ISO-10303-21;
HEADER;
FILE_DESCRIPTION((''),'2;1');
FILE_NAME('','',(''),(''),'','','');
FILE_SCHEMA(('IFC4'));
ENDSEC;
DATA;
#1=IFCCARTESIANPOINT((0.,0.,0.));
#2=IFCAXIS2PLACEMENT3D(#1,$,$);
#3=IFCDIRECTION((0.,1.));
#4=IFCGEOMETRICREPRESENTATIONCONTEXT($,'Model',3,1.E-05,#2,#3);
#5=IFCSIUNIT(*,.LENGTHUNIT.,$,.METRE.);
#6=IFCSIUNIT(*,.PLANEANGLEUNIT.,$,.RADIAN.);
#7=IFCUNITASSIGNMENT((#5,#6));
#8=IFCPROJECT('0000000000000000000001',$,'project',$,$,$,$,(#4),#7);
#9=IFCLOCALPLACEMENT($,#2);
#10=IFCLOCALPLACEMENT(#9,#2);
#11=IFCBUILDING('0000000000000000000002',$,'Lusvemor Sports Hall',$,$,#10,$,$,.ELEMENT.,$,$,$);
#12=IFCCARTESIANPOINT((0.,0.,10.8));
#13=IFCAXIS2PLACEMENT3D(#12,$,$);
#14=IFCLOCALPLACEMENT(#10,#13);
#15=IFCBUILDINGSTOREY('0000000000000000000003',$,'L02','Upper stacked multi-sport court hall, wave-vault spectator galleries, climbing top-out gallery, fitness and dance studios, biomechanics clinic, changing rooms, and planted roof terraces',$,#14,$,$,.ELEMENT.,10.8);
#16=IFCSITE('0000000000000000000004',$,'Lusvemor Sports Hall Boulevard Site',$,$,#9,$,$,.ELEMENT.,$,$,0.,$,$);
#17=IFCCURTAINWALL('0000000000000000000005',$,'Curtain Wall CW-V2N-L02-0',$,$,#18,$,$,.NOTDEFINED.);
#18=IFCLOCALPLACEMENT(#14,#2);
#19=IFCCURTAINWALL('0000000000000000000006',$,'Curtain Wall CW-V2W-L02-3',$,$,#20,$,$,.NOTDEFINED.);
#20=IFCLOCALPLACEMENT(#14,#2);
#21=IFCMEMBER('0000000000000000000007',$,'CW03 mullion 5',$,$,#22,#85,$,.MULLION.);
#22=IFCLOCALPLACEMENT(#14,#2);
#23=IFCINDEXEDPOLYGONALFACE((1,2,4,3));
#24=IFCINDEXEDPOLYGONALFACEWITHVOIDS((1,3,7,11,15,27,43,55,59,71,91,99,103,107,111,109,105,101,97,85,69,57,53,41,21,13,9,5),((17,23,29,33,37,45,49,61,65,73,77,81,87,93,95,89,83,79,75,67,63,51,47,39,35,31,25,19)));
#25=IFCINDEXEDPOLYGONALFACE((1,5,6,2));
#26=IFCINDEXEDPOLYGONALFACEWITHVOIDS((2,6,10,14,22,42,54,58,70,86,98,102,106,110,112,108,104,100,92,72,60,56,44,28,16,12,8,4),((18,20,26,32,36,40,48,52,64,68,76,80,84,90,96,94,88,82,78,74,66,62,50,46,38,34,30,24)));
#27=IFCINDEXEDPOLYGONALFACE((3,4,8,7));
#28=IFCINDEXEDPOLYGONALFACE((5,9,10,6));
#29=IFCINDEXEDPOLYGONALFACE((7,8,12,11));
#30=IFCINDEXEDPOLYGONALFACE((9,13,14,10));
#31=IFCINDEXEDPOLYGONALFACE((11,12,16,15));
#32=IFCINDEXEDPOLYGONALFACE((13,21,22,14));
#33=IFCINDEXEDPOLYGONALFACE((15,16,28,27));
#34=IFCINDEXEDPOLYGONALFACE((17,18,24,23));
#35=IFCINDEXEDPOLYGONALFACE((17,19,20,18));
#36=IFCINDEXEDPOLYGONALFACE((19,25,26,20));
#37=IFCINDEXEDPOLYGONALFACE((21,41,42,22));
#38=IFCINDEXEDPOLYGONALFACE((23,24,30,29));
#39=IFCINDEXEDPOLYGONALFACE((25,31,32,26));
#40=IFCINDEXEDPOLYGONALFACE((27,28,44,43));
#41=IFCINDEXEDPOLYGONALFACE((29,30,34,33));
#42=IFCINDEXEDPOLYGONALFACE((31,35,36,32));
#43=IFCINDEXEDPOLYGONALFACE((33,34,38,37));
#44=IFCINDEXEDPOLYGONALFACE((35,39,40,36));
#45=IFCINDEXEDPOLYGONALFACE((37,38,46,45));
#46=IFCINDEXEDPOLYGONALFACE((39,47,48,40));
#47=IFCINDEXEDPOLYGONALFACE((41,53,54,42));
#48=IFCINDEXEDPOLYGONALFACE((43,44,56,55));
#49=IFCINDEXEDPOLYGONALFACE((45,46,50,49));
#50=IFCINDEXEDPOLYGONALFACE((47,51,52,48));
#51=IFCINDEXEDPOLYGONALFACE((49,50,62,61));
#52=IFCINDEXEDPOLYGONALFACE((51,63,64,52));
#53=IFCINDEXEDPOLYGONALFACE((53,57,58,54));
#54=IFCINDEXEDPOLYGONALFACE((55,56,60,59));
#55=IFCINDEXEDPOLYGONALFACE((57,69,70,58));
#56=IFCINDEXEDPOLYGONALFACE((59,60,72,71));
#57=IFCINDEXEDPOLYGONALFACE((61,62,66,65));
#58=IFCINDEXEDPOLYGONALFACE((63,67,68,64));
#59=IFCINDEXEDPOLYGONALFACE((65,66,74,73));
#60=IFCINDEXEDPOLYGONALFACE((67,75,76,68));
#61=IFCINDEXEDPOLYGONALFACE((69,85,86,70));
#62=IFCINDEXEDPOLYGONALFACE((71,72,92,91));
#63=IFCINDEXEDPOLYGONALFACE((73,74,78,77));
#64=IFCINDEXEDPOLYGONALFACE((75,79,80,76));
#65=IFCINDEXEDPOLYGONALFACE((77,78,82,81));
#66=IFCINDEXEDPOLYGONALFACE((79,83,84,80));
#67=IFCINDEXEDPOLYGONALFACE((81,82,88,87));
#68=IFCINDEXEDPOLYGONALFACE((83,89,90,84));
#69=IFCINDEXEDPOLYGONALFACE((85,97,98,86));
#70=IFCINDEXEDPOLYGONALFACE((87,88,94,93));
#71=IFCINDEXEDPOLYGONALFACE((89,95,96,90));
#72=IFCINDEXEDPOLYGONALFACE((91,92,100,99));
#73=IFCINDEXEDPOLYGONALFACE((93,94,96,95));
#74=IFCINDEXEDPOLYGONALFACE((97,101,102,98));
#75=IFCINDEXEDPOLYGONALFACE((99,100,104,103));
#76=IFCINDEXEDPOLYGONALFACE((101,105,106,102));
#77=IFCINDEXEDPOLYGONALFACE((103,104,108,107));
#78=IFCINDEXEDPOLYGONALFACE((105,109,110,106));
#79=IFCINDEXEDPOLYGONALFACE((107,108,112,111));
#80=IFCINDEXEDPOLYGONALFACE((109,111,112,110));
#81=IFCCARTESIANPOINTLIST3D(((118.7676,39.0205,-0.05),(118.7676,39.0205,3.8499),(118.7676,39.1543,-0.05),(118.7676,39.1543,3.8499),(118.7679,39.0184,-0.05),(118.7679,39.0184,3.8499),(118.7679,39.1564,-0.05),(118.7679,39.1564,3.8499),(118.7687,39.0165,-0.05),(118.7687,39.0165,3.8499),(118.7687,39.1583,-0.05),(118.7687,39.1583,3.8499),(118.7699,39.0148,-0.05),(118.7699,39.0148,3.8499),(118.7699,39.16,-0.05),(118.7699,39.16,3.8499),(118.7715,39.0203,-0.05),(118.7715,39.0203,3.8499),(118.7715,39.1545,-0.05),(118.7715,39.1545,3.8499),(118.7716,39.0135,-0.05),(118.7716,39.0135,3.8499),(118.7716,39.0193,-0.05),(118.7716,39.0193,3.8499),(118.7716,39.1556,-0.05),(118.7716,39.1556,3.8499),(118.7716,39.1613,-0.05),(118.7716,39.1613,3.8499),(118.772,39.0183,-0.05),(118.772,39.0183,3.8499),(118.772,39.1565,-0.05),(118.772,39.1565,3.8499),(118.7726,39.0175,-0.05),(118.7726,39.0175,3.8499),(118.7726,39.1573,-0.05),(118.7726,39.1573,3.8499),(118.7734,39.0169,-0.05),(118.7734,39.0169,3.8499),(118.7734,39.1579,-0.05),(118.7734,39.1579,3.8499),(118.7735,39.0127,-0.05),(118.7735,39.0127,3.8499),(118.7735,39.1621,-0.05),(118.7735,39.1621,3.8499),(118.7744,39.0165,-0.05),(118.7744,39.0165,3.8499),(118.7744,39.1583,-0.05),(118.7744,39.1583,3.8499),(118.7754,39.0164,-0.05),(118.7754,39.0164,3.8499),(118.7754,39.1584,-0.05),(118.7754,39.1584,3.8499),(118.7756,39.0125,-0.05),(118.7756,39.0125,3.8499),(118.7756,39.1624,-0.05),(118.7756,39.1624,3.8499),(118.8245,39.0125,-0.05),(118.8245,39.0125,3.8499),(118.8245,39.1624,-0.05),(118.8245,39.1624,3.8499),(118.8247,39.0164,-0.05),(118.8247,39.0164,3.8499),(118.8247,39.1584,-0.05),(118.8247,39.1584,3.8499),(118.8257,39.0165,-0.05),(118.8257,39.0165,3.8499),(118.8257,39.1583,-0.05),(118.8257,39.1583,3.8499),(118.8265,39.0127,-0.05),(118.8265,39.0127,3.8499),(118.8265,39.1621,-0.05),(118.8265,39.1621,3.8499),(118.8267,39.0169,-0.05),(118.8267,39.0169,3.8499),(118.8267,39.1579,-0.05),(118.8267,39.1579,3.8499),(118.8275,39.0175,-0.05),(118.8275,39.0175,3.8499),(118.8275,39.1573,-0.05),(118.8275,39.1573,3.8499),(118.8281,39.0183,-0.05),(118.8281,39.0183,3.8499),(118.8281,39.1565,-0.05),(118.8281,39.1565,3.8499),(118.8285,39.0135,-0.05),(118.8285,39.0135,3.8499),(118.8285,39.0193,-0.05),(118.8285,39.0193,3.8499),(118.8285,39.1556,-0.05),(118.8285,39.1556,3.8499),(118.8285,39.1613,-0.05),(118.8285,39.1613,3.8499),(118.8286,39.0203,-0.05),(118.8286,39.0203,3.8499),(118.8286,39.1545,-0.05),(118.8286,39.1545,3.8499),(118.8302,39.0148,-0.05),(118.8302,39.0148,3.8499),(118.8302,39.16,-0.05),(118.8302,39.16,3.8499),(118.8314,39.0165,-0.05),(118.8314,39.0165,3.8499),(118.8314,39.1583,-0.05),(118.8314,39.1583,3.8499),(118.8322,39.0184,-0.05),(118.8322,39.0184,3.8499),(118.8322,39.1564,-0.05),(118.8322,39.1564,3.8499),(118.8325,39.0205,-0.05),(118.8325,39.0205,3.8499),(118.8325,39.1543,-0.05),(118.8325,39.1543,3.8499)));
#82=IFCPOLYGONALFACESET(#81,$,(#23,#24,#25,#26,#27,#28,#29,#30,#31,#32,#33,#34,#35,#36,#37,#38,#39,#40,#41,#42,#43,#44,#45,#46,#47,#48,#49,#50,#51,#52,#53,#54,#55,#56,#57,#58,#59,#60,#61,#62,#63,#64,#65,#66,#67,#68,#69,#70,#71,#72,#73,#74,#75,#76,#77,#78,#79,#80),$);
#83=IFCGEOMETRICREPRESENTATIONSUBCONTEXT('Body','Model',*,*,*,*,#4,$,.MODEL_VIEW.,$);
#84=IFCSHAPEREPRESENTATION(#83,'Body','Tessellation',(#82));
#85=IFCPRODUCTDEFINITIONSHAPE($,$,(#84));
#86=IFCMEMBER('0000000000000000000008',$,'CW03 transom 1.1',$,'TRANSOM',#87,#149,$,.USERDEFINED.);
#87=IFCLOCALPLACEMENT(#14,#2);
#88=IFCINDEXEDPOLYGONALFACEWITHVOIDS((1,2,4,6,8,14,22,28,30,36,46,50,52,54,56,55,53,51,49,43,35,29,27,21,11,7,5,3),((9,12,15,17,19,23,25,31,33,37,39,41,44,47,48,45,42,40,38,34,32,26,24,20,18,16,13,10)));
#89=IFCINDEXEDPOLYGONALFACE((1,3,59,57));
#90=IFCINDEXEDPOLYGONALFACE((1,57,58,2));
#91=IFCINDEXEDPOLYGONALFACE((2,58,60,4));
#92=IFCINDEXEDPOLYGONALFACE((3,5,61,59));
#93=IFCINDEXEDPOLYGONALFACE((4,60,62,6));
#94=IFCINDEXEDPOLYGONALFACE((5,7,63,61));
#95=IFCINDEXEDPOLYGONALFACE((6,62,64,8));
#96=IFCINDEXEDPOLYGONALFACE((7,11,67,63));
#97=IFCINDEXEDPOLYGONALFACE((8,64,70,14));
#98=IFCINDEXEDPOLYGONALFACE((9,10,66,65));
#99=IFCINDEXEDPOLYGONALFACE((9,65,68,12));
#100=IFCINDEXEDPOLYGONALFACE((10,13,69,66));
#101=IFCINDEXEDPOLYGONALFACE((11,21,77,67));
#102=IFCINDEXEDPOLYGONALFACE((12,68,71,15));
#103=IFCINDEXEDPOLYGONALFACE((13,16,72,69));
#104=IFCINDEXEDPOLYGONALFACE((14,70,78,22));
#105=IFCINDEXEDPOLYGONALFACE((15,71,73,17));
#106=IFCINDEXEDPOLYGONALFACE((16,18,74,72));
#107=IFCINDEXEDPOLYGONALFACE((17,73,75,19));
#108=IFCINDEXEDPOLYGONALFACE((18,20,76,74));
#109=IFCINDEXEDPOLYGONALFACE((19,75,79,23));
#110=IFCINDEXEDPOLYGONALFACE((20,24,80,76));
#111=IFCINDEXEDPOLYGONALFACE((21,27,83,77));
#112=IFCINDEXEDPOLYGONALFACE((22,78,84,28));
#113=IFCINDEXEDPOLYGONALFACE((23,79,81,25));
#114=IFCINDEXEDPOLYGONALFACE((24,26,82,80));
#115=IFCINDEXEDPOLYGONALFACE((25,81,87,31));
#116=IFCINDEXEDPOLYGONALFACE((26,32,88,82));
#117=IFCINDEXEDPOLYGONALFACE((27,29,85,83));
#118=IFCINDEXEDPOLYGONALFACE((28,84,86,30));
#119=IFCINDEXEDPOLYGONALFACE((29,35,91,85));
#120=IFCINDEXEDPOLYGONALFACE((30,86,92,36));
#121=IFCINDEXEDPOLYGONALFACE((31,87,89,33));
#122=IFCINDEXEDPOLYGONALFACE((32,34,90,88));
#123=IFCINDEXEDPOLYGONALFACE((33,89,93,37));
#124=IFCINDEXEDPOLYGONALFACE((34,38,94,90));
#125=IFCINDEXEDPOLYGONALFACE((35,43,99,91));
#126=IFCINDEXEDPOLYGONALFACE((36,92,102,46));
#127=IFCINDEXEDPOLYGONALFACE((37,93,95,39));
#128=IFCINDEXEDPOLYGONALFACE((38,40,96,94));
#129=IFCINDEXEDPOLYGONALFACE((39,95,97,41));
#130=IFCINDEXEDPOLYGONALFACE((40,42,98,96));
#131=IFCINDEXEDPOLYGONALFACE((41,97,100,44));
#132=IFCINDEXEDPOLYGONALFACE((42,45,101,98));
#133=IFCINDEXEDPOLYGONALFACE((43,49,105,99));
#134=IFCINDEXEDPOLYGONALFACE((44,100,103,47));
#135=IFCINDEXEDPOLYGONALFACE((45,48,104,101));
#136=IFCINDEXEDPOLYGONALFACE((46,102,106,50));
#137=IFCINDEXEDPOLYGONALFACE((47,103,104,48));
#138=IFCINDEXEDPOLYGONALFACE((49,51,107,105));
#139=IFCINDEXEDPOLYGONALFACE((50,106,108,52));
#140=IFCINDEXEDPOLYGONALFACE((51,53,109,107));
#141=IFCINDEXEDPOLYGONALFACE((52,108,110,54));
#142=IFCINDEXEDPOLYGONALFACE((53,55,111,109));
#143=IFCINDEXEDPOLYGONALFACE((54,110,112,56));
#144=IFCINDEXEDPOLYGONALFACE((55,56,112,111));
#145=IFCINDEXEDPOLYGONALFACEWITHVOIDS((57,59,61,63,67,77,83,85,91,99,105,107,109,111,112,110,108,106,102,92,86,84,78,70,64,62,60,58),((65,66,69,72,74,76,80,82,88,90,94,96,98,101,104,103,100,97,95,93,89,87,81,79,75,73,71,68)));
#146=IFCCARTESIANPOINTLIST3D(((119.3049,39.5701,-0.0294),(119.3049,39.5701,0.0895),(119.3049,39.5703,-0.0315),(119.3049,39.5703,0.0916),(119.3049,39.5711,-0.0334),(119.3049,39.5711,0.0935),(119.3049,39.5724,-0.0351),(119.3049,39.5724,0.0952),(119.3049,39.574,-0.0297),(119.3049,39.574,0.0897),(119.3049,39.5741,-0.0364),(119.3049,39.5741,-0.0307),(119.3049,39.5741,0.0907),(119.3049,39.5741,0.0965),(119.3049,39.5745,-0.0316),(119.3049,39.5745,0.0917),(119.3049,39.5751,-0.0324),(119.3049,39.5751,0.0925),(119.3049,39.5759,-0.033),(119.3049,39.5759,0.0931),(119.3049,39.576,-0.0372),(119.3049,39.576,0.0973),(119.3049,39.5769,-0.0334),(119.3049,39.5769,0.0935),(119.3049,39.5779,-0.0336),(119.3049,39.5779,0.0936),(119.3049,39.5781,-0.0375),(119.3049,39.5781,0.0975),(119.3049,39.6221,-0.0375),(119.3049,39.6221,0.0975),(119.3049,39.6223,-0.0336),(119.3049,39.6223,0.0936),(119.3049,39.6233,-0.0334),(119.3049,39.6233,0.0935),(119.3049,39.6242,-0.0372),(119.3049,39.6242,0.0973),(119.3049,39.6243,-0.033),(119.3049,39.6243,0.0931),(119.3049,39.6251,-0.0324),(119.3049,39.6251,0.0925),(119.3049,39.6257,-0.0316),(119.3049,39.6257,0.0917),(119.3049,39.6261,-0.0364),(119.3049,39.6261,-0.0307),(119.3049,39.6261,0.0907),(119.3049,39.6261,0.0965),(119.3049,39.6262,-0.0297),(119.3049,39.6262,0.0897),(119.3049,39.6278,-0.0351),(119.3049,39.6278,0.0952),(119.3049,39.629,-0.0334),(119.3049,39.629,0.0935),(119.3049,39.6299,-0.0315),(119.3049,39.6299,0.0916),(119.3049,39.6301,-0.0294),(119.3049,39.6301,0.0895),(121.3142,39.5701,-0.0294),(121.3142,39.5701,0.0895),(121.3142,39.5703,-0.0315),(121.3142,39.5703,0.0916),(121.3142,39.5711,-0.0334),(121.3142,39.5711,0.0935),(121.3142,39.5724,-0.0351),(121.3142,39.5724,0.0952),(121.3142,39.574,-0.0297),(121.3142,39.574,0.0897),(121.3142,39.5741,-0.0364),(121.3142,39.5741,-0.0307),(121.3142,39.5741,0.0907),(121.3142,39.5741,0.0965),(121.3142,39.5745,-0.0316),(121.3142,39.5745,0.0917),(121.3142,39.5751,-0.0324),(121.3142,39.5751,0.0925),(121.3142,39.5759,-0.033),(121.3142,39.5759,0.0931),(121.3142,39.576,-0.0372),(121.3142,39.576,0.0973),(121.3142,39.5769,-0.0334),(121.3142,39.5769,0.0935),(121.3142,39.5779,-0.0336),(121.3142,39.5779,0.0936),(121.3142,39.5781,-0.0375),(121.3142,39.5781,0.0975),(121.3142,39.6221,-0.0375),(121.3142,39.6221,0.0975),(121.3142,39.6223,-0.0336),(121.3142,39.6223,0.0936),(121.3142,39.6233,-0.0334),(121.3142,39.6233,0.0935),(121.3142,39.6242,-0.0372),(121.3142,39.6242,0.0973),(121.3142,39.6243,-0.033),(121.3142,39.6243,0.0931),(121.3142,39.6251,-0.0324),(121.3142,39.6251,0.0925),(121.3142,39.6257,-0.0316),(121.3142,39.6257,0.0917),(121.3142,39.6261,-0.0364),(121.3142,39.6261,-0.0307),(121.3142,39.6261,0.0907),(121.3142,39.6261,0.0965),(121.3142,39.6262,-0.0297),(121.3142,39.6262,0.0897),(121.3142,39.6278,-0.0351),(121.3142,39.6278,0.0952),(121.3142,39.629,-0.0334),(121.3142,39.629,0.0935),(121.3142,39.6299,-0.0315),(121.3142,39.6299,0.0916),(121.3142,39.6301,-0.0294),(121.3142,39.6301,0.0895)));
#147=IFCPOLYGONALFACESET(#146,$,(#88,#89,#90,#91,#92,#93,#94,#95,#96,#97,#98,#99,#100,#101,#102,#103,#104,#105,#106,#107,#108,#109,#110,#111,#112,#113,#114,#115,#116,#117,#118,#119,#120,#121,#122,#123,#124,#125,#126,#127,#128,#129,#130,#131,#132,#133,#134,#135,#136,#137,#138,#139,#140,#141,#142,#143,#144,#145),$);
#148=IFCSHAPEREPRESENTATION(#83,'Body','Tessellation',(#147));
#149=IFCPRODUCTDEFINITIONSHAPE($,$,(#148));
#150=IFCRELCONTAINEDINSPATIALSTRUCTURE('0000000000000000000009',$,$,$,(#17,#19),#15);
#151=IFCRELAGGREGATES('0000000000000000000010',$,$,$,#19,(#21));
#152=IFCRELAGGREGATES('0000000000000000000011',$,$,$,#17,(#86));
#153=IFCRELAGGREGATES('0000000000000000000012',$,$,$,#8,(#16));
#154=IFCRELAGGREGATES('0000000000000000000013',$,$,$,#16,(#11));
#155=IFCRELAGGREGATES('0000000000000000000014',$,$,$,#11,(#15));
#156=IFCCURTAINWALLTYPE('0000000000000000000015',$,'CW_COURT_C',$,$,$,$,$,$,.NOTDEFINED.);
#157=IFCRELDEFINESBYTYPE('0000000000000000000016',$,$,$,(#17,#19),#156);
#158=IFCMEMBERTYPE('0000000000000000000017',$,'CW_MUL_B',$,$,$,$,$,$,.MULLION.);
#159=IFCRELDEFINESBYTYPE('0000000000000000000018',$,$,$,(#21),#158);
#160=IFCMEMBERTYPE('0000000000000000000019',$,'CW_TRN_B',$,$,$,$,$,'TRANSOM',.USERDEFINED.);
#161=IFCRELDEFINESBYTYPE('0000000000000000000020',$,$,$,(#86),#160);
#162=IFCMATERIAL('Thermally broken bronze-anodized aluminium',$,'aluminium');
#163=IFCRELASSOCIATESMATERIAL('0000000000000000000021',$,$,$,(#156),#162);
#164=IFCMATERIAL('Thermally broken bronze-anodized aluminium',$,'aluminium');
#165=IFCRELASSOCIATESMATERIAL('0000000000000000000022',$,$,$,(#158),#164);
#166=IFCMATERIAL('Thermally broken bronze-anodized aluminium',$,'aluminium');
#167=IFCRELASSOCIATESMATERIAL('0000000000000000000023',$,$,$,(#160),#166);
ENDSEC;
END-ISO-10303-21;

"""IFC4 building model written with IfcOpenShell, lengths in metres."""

from ifc_helpers import new_model, si_unit, direction, frame, origin, origin_2d, place, context, subcontext, project, spatial, hollow_rectangle, extrude, material, material_profile, profile_set, type_object, element, aggregate, save


model = new_model("IFC4")

# Units and contexts
model_context = context("Model", 3, precision=1e-05, world=origin(), true_north=direction((0.0, 1.0)))
body_context = subcontext(model_context, "Body", "Model", "MODEL_VIEW")
ifc_project = project(units=[si_unit("LENGTHUNIT", "METRE"), si_unit("PLANEANGLEUNIT", "RADIAN")], contexts=[model_context])

# Site, building, storey
site_placement = place(None, origin())
site = spatial("IfcSite", under=ifc_project, at=site_placement, Name="Lusvemor Sports Hall Boulevard Site", CompositionType="ELEMENT", RefElevation=0.0)
building_placement = place(site_placement, origin())
building = spatial("IfcBuilding", under=site, at=building_placement, Name="Lusvemor Sports Hall", CompositionType="ELEMENT")
storey_placement = place(building_placement, frame((0.0, 0.0, 10.8)))
storey = spatial("IfcBuildingStorey", under=building, at=storey_placement, Name="L02", Description="Upper stacked multi-sport court hall, wave-vault spectator galleries, climbing top-out gallery, fitness and dance studios, biomechanics clinic, changing rooms, and planted roof terraces", CompositionType="ELEMENT", Elevation=10.8)

# Curtain wall
ifc_material_1 = material(Name="Thermally broken bronze-anodized aluminium", Category="aluminium")
curtain_wall_type = type_object("IfcCurtainWallType", Name="CW_COURT_C", PredefinedType="NOTDEFINED", material=ifc_material_1)
curtain_wall_1_placement = place(storey_placement, origin())
curtain_wall_1 = element("IfcCurtainWall", 1, at=curtain_wall_1_placement, inside=storey, type_object=curtain_wall_type, Name="Curtain Wall CW-V2N-L02-0", PredefinedType="NOTDEFINED")
ifc_material_2 = material(Name="Thermally broken bronze-anodized aluminium", Category="aluminium")
ifc_material_profile_1 = material_profile(ifc_material_2, hollow_rectangle(XDim=0.0649, YDim=0.1499, WallThickness=0.0039, InnerFilletRadius=0.0039, OuterFilletRadius=0.0081, at=origin_2d()), Name="CWMUL150x65x4")
ifc_profile_set_1 = profile_set([ifc_material_profile_1], Name="Thermally broken bronze-anodized aluminium")
member_type_1 = type_object("IfcMemberType", Name="CW_MUL_B", PredefinedType="MULLION", material=ifc_profile_set_1)

# Curtain wall, member
curtain_wall_2_placement = place(storey_placement, origin())
curtain_wall_2 = element("IfcCurtainWall", 2, at=curtain_wall_2_placement, inside=storey, type_object=curtain_wall_type, Name="Curtain Wall CW-V2W-L02-3", PredefinedType="NOTDEFINED")
member_1_placement = place(storey_placement, frame((118.8, 39.0874, -0.05), z_axis=(0.0, 0.0, 1.0), x_axis=(-1.0, 0.0, 0.0)))
member_1 = element("IfcMember", 3, at=member_1_placement, type_object=member_type_1, Name="CW03 mullion 5", PredefinedType="MULLION", context=body_context, shape_type="SweptSolid", body=[
    extrude(hollow_rectangle(XDim=0.0649, YDim=0.1499, WallThickness=0.0039, InnerFilletRadius=0.0039, OuterFilletRadius=0.0081, at=origin_2d()), origin(), (0.0, 0.0, 1.0), 3.8999),
])

# Member
ifc_material_3 = material(Name="Thermally broken bronze-anodized aluminium", Category="aluminium")
ifc_material_profile_2 = material_profile(ifc_material_3, hollow_rectangle(XDim=0.0601, YDim=0.135, WallThickness=0.0039, InnerFilletRadius=0.0039, OuterFilletRadius=0.0081, at=origin_2d()), Name="CWTRN135x60x4")
ifc_profile_set_2 = profile_set([ifc_material_profile_2], Name="Thermally broken bronze-anodized aluminium")
member_type_2 = type_object("IfcMemberType", Name="CW_TRN_B", ElementType="TRANSOM", PredefinedType="USERDEFINED", material=ifc_profile_set_2)
member_2_placement = place(storey_placement, frame((119.3049, 39.6001, 0.03), z_axis=(1.0, 0.0, 0.0), x_axis=(0.0, 1.0, 0.0)))
member_2 = element("IfcMember", 4, at=member_2_placement, type_object=member_type_2, Name="CW03 transom 1.1", ObjectType="TRANSOM", PredefinedType="USERDEFINED", context=body_context, shape_type="SweptSolid", body=[
    extrude(hollow_rectangle(XDim=0.0601, YDim=0.135, WallThickness=0.0039, InnerFilletRadius=0.0039, OuterFilletRadius=0.0081, at=origin_2d()), origin(), (0.0, 0.0, 1.0), 2.0093),
])

aggregate(curtain_wall_2, [member_1])
aggregate(curtain_wall_1, [member_2])

save(model, "model.ifc")
